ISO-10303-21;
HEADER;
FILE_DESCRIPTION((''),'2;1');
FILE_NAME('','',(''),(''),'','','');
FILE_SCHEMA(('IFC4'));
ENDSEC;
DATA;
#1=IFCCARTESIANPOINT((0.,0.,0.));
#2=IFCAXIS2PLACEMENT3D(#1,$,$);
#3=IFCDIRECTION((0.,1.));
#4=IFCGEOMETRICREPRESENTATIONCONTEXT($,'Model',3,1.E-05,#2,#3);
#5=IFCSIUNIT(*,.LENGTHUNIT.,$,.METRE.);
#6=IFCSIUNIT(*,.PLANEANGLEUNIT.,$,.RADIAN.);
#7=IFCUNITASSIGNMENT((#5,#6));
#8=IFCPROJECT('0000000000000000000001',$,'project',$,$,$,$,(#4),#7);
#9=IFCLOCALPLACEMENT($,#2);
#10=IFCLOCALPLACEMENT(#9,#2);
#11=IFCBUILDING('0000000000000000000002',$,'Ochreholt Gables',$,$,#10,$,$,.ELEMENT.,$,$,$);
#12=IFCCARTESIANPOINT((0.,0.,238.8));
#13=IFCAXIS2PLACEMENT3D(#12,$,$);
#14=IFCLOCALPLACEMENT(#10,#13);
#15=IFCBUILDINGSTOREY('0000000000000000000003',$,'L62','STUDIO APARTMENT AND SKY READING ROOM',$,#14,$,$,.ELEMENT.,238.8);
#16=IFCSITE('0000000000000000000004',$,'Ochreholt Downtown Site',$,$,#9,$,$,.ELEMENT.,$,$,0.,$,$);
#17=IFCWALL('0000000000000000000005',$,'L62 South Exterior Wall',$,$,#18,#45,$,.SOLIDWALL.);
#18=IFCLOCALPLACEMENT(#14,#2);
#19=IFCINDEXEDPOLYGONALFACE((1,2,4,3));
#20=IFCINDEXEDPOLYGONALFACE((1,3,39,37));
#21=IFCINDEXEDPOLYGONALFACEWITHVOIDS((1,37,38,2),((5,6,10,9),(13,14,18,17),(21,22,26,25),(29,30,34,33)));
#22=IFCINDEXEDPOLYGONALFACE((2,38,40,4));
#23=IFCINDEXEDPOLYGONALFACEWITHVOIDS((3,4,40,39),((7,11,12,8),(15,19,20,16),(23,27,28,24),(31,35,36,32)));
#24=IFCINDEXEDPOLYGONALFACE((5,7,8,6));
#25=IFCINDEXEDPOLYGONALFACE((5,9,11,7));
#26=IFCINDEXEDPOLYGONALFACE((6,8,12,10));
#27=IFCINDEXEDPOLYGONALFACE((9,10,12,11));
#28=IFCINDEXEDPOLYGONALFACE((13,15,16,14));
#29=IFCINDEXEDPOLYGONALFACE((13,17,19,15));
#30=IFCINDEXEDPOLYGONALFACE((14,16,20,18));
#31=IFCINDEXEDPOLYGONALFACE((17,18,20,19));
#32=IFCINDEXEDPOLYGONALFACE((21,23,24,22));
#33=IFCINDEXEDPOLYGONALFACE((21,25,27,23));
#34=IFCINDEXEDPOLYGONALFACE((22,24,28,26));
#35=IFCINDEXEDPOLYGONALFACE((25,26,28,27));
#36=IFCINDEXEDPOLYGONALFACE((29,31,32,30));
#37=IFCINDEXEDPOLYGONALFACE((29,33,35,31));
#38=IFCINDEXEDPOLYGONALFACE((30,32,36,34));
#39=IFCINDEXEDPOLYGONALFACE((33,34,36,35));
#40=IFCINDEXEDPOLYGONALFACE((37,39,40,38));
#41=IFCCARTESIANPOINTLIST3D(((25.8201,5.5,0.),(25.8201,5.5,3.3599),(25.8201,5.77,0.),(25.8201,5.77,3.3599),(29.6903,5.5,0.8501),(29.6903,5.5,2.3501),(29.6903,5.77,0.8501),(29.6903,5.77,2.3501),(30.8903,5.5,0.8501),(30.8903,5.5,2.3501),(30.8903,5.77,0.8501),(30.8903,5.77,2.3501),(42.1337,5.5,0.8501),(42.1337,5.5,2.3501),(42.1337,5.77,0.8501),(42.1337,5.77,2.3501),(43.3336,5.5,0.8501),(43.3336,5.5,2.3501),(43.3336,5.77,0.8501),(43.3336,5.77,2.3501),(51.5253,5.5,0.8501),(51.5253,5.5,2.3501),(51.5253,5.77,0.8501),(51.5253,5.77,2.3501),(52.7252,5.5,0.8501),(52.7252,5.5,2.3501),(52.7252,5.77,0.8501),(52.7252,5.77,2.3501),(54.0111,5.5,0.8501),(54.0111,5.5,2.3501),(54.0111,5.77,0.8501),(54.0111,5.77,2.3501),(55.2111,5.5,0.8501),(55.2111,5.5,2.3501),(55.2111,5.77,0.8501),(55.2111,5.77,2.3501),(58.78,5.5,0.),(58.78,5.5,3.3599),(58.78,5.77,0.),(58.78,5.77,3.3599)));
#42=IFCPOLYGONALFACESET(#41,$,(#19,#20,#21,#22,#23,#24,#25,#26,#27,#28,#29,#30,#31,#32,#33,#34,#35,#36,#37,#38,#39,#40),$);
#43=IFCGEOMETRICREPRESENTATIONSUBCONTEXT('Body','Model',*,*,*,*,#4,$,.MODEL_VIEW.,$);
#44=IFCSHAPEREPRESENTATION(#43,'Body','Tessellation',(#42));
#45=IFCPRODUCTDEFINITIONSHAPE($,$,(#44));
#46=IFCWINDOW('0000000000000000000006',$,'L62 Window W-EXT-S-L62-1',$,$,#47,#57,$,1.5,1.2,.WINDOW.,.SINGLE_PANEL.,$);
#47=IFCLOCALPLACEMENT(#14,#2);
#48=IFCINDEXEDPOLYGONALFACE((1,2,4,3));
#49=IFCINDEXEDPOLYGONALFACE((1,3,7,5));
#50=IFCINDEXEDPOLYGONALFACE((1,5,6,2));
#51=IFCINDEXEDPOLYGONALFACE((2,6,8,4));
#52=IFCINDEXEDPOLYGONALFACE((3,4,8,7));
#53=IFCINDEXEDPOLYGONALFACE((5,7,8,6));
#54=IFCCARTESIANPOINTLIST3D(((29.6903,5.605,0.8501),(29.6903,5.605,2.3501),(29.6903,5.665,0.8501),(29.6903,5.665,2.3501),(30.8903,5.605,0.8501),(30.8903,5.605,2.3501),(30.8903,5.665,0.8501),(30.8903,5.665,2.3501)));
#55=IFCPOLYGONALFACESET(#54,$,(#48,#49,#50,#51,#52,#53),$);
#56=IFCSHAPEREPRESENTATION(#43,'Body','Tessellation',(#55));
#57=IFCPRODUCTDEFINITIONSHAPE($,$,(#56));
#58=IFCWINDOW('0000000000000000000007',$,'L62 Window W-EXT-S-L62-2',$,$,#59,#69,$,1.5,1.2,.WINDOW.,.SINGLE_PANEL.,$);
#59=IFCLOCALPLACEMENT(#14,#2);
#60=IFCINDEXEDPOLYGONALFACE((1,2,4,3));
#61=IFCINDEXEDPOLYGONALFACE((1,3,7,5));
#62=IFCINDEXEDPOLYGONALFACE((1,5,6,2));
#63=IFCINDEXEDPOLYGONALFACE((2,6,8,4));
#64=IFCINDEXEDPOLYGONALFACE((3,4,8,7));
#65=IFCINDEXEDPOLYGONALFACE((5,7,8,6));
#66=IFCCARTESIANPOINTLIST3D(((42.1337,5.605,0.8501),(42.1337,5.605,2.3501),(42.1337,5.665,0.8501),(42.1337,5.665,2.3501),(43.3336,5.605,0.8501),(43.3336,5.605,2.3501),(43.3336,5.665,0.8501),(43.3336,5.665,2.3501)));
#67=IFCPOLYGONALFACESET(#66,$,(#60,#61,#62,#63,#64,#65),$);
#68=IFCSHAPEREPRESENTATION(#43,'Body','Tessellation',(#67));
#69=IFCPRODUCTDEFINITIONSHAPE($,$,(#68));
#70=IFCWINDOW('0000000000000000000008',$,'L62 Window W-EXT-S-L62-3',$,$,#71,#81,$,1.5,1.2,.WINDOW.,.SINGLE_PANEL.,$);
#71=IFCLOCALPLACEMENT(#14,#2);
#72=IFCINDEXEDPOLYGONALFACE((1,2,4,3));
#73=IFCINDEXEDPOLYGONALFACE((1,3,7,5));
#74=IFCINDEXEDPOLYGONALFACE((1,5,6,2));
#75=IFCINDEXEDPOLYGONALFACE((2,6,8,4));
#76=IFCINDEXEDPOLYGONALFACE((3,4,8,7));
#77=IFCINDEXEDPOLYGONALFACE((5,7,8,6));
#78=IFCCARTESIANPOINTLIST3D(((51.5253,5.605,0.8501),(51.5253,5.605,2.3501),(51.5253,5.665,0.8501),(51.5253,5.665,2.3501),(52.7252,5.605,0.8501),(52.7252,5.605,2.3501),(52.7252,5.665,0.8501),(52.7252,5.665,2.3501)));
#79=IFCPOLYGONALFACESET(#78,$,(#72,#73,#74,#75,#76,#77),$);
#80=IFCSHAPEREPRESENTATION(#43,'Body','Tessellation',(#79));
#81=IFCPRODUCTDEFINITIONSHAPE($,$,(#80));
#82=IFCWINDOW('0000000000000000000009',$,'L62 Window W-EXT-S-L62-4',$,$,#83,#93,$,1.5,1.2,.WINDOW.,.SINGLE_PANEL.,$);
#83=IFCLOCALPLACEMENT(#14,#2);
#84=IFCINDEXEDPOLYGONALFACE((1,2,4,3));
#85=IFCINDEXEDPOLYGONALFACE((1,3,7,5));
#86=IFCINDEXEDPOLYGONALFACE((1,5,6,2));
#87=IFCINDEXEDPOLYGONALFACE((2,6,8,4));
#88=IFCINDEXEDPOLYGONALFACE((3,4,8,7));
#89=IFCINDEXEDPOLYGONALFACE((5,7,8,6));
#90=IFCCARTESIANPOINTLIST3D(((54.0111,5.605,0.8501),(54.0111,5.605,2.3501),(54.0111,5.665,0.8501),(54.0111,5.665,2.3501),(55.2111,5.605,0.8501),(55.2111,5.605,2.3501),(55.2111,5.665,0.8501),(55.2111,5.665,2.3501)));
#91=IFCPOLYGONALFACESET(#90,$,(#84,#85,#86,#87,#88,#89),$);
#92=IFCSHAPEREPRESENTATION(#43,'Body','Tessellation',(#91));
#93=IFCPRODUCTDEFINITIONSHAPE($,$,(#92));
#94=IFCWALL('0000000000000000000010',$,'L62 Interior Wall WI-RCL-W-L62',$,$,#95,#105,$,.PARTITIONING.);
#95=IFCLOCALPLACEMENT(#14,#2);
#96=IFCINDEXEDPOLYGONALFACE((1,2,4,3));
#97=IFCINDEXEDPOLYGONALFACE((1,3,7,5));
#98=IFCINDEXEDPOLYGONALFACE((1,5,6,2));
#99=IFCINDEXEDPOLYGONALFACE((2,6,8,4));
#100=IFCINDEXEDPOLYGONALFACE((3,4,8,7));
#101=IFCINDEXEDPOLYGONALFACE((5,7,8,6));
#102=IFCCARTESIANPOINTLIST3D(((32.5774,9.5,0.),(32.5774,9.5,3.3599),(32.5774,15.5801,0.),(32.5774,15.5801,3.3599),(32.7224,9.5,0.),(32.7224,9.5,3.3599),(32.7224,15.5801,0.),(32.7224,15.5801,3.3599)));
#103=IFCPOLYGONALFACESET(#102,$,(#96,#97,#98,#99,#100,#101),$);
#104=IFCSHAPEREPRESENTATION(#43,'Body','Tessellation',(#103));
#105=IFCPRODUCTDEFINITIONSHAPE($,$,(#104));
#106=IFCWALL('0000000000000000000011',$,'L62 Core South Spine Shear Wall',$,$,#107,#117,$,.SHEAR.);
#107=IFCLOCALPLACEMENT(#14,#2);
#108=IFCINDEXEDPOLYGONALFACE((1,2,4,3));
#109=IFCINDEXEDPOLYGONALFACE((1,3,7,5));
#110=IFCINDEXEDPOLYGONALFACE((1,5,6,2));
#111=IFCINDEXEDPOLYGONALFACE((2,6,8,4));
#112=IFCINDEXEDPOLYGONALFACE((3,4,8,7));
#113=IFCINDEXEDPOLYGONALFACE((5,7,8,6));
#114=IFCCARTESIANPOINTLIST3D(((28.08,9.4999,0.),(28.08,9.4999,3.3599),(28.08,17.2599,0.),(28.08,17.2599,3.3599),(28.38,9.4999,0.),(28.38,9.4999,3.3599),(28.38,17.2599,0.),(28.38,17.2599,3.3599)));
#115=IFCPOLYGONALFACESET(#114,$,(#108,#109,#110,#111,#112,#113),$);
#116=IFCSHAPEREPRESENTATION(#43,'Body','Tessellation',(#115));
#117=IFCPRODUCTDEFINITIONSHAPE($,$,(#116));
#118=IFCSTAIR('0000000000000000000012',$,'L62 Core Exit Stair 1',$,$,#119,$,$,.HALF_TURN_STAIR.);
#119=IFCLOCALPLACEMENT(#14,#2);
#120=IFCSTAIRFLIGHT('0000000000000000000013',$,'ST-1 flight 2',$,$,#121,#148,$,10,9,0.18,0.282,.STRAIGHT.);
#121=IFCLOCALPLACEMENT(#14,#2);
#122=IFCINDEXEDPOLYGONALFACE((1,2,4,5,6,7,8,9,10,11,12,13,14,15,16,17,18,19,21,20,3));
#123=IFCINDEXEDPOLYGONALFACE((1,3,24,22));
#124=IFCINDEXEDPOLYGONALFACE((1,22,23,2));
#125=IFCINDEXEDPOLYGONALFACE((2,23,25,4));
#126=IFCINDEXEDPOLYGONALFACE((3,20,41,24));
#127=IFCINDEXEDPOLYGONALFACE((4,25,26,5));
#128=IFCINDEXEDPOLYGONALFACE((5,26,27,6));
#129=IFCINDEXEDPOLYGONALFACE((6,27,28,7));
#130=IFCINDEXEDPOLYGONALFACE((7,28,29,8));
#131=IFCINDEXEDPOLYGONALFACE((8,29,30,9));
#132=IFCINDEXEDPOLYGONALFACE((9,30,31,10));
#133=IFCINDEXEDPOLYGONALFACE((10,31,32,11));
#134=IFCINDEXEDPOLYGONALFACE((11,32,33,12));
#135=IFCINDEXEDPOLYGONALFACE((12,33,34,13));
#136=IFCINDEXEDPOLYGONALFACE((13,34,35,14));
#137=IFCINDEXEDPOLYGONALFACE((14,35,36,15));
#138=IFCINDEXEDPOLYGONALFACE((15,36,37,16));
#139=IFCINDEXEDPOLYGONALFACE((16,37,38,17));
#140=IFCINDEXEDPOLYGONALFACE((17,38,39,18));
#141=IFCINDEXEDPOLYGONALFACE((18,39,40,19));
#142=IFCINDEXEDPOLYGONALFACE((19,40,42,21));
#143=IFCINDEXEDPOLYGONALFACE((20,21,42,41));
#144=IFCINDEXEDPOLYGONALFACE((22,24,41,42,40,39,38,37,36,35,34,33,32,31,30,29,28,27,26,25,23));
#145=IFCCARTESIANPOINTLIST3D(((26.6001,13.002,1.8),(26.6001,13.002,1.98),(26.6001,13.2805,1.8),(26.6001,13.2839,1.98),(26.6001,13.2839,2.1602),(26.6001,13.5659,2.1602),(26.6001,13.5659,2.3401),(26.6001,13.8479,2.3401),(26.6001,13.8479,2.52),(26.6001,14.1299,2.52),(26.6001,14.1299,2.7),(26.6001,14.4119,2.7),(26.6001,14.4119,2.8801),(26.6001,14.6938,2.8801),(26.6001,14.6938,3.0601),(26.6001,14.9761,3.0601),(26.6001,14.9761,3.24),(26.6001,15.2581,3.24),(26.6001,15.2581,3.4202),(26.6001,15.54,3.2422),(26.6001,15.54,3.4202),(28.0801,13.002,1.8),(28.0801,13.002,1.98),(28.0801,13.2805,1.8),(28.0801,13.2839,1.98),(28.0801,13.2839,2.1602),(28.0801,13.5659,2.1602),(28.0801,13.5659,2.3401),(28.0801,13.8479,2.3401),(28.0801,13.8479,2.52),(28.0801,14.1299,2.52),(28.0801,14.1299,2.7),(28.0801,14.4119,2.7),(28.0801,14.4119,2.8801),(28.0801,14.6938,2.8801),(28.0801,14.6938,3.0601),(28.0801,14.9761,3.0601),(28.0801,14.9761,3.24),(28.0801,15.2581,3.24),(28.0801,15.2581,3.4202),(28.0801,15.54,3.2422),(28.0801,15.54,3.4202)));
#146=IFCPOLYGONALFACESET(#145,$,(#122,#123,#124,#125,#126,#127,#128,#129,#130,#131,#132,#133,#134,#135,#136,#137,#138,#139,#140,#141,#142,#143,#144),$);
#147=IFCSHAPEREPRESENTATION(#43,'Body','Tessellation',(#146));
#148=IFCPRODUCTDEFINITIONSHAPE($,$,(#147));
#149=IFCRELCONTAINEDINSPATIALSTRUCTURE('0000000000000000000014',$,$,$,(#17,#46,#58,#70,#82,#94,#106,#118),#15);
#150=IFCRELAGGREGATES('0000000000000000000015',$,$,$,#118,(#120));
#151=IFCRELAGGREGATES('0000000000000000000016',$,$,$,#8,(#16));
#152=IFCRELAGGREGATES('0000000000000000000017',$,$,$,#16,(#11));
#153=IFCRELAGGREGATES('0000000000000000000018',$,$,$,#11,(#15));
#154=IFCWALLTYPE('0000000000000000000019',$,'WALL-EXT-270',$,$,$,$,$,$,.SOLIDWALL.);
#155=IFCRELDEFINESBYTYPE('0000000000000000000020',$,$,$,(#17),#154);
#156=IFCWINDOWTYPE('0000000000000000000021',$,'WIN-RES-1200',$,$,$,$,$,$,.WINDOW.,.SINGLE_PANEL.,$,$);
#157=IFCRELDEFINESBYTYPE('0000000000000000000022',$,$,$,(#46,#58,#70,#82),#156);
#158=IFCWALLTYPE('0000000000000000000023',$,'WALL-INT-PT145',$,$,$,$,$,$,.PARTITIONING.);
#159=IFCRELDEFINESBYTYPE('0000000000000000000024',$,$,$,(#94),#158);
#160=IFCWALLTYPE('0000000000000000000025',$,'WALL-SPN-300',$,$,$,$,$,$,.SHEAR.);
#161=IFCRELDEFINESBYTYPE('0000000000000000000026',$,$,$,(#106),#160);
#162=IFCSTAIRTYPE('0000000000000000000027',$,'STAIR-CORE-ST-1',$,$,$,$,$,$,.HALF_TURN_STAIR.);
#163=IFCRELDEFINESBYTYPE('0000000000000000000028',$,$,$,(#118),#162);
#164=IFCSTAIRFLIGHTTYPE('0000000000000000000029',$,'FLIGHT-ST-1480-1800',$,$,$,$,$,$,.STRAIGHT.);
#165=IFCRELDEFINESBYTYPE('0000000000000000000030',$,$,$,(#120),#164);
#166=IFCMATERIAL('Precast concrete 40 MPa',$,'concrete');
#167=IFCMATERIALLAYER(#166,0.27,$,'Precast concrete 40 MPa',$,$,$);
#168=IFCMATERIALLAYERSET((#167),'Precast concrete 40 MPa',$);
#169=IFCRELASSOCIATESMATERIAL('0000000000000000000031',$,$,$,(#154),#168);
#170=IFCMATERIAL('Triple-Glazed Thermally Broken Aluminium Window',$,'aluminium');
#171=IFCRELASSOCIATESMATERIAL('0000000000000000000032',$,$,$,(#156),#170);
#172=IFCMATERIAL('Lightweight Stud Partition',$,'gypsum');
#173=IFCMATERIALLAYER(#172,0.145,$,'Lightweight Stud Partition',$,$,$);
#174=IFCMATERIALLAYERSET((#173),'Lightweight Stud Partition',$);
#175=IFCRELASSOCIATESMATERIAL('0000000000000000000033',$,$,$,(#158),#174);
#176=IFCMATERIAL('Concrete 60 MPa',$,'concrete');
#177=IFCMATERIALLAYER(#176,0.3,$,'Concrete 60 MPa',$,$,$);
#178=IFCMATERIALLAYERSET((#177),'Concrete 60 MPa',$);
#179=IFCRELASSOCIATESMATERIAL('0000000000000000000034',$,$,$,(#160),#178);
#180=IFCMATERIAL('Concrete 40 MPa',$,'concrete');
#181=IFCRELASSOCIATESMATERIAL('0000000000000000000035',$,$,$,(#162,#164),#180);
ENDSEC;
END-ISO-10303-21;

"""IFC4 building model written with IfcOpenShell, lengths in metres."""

from ifc_helpers import new_model, si_unit, direction, frame, frame_2d, origin, place, context, subcontext, project, spatial, polyline, rectangle, outline, extrude, material, layer, layer_set, type_object, element, fill, aggregate, save


model = new_model("IFC4")

# Units and contexts
model_context = context("Model", 3, precision=1e-05, world=origin(), true_north=direction((0.0, 1.0)))
body_context = subcontext(model_context, "Body", "Model", "MODEL_VIEW")
ifc_project = project(units=[si_unit("LENGTHUNIT", "METRE"), si_unit("PLANEANGLEUNIT", "RADIAN")], contexts=[model_context])

# Site, building, storey
site_placement = place(None, origin())
site = spatial("IfcSite", under=ifc_project, at=site_placement, Name="Ochreholt Downtown Site", CompositionType="ELEMENT", RefElevation=0.0)
building_placement = place(site_placement, origin())
building = spatial("IfcBuilding", under=site, at=building_placement, Name="Ochreholt Gables", CompositionType="ELEMENT")
storey_placement = place(building_placement, frame((0.0, 0.0, 238.8)))
storey = spatial("IfcBuildingStorey", under=building, at=storey_placement, Name="L62", Description="STUDIO APARTMENT AND SKY READING ROOM", CompositionType="ELEMENT", Elevation=238.8)

# Wall, openings, windows
ifc_material_1 = material(Name="Precast concrete 40 MPa", Category="concrete")
ifc_layer_1 = layer(ifc_material_1, 0.27, Name="Precast concrete 40 MPa")
ifc_layer_set_1 = layer_set([ifc_layer_1], Name="Precast concrete 40 MPa")
wall_type_1 = type_object("IfcWallType", Name="WALL-EXT-270", PredefinedType="SOLIDWALL", material=ifc_layer_set_1)
wall_1_placement = place(storey_placement, frame((25.8201, 5.635, 0.0), z_axis=(0.0, 0.0, 1.0), x_axis=(1.0, 0.0, 0.0)))
wall_1 = element("IfcWall", 1, at=wall_1_placement, inside=storey, type_object=wall_type_1, Name="L62 South Exterior Wall", PredefinedType="SOLIDWALL", context=body_context, shape_type="SweptSolid", body=[
    extrude(rectangle(XDim=32.96, YDim=0.27, at=frame_2d((16.48, 0.0))), origin(), (0.0, 0.0, 1.0), 3.3599),
])
opening_1_placement = place(wall_1_placement, frame((3.8701, 0.0, 0.8501)))
opening_1 = element("IfcOpeningElement", 2, at=opening_1_placement, cuts=wall_1, PredefinedType="OPENING", context=body_context, shape_type="SweptSolid", body=[
    extrude(rectangle(XDim=1.2, YDim=1.5, at=frame_2d((0.6001, 0.75))), frame((0.0, 0.145, 0.0), z_axis=(0.0, -1.0, 0.0), x_axis=(1.0, 0.0, 0.0)), (0.0, 0.0, 1.0), 0.29),
])
opening_2_placement = place(wall_1_placement, frame((16.3135, 0.0, 0.8501)))
opening_2 = element("IfcOpeningElement", 3, at=opening_2_placement, cuts=wall_1, PredefinedType="OPENING", context=body_context, shape_type="SweptSolid", body=[
    extrude(rectangle(XDim=1.2, YDim=1.5, at=frame_2d((0.6001, 0.75))), frame((0.0, 0.145, 0.0), z_axis=(0.0, -1.0, 0.0), x_axis=(1.0, 0.0, 0.0)), (0.0, 0.0, 1.0), 0.29),
])
opening_3_placement = place(wall_1_placement, frame((25.7051, 0.0, 0.8501)))
opening_3 = element("IfcOpeningElement", 4, at=opening_3_placement, cuts=wall_1, PredefinedType="OPENING", context=body_context, shape_type="SweptSolid", body=[
    extrude(rectangle(XDim=1.2, YDim=1.5, at=frame_2d((0.6001, 0.75))), frame((0.0, 0.145, 0.0), z_axis=(0.0, -1.0, 0.0), x_axis=(1.0, 0.0, 0.0)), (0.0, 0.0, 1.0), 0.29),
])
opening_4_placement = place(wall_1_placement, frame((28.1909, 0.0, 0.8501)))
opening_4 = element("IfcOpeningElement", 5, at=opening_4_placement, cuts=wall_1, PredefinedType="OPENING", context=body_context, shape_type="SweptSolid", body=[
    extrude(rectangle(XDim=1.2, YDim=1.5, at=frame_2d((0.6001, 0.75))), frame((0.0, 0.145, 0.0), z_axis=(0.0, -1.0, 0.0), x_axis=(1.0, 0.0, 0.0)), (0.0, 0.0, 1.0), 0.29),
])
ifc_material_2 = material(Name="Triple-Glazed Thermally Broken Aluminium Window", Category="aluminium")
window_type = type_object("IfcWindowType", Name="WIN-RES-1200", PartitioningType="SINGLE_PANEL", PredefinedType="WINDOW", material=ifc_material_2)
window_1_placement = place(opening_1_placement, origin())
window_1 = element("IfcWindow", 6, at=window_1_placement, inside=storey, type_object=window_type, Name="L62 Window W-EXT-S-L62-1", OverallHeight=1.5, OverallWidth=1.2, PartitioningType="SINGLE_PANEL", PredefinedType="WINDOW", context=body_context, shape_type="SweptSolid", body=[
    extrude(rectangle(XDim=1.2, YDim=1.5, at=frame_2d((0.6001, 0.75))), frame((0.0, 0.03, 0.0), z_axis=(0.0, -1.0, 0.0), x_axis=(1.0, 0.0, 0.0)), (0.0, 0.0, 1.0), 0.0601),
])
fill(opening_1, window_1)
window_2_placement = place(opening_2_placement, origin())
window_2 = element("IfcWindow", 7, at=window_2_placement, inside=storey, type_object=window_type, Name="L62 Window W-EXT-S-L62-2", OverallHeight=1.5, OverallWidth=1.2, PartitioningType="SINGLE_PANEL", PredefinedType="WINDOW", context=body_context, shape_type="SweptSolid", body=[
    extrude(rectangle(XDim=1.2, YDim=1.5, at=frame_2d((0.6001, 0.75))), frame((0.0, 0.03, 0.0), z_axis=(0.0, -1.0, 0.0), x_axis=(1.0, 0.0, 0.0)), (0.0, 0.0, 1.0), 0.0601),
])
fill(opening_2, window_2)
window_3_placement = place(opening_3_placement, origin())
window_3 = element("IfcWindow", 8, at=window_3_placement, inside=storey, type_object=window_type, Name="L62 Window W-EXT-S-L62-3", OverallHeight=1.5, OverallWidth=1.2, PartitioningType="SINGLE_PANEL", PredefinedType="WINDOW", context=body_context, shape_type="SweptSolid", body=[
    extrude(rectangle(XDim=1.2, YDim=1.5, at=frame_2d((0.6001, 0.75))), frame((0.0, 0.03, 0.0), z_axis=(0.0, -1.0, 0.0), x_axis=(1.0, 0.0, 0.0)), (0.0, 0.0, 1.0), 0.0601),
])
fill(opening_3, window_3)
window_4_placement = place(opening_4_placement, origin())
window_4 = element("IfcWindow", 9, at=window_4_placement, inside=storey, type_object=window_type, Name="L62 Window W-EXT-S-L62-4", OverallHeight=1.5, OverallWidth=1.2, PartitioningType="SINGLE_PANEL", PredefinedType="WINDOW", context=body_context, shape_type="SweptSolid", body=[
    extrude(rectangle(XDim=1.2, YDim=1.5, at=frame_2d((0.6001, 0.75))), frame((0.0, 0.03, 0.0), z_axis=(0.0, -1.0, 0.0), x_axis=(1.0, 0.0, 0.0)), (0.0, 0.0, 1.0), 0.0601),
])
fill(opening_4, window_4)

# Walls
ifc_material_3 = material(Name="Lightweight Stud Partition", Category="gypsum")
ifc_layer_2 = layer(ifc_material_3, 0.145, Name="Lightweight Stud Partition")
ifc_layer_set_2 = layer_set([ifc_layer_2], Name="Lightweight Stud Partition")
wall_type_2 = type_object("IfcWallType", Name="WALL-INT-PT145", PredefinedType="PARTITIONING", material=ifc_layer_set_2)
wall_2_placement = place(storey_placement, frame((32.6499, 9.5, 0.0), z_axis=(0.0, 0.0, 1.0), x_axis=(0.0, 1.0, 0.0)))
element("IfcWall", 10, at=wall_2_placement, inside=storey, type_object=wall_type_2, Name="L62 Interior Wall WI-RCL-W-L62", PredefinedType="PARTITIONING", context=body_context, shape_type="SweptSolid", body=[
    extrude(rectangle(XDim=6.0801, YDim=0.145, at=frame_2d((3.04, 0.0))), origin(), (0.0, 0.0, 1.0), 3.3599),
])
ifc_material_4 = material(Name="Concrete 60 MPa", Category="concrete")
ifc_layer_3 = layer(ifc_material_4, 0.3, Name="Concrete 60 MPa")
ifc_layer_set_3 = layer_set([ifc_layer_3], Name="Concrete 60 MPa")
wall_type_3 = type_object("IfcWallType", Name="WALL-SPN-300", PredefinedType="SHEAR", material=ifc_layer_set_3)
wall_3_placement = place(storey_placement, frame((28.23, 9.5, 0.0), z_axis=(0.0, 0.0, 1.0), x_axis=(0.0, 1.0, 0.0)))
element("IfcWall", 11, at=wall_3_placement, inside=storey, type_object=wall_type_3, Name="L62 Core South Spine Shear Wall", PredefinedType="SHEAR", context=body_context, shape_type="SweptSolid", body=[
    extrude(rectangle(XDim=7.76, YDim=0.3, at=frame_2d((3.8799, 0.0))), origin(), (0.0, 0.0, 1.0), 3.3599),
])

# Stair, stair flight
ifc_material_5 = material(Name="Concrete 40 MPa", Category="concrete")
stair_type = type_object("IfcStairType", Name="STAIR-CORE-ST-1", PredefinedType="HALF_TURN_STAIR", material=ifc_material_5)
stair_placement = place(storey_placement, origin())
stair = element("IfcStair", 12, at=stair_placement, inside=storey, type_object=stair_type, Name="L62 Core Exit Stair 1", PredefinedType="HALF_TURN_STAIR")
stair_flight_type = type_object("IfcStairFlightType", Name="FLIGHT-ST-1480-1800", PredefinedType="STRAIGHT", material=ifc_material_5)
stair_flight_placement = place(storey_placement, frame((27.3401, 13.002, 1.8), z_axis=(0.0, 0.0, 1.0), x_axis=(0.0, 1.0, 0.0)))
stair_flight = element("IfcStairFlight", 13, at=stair_flight_placement, type_object=stair_flight_type, Name="ST-1 flight 2", NumberOfRisers=10, NumberOfTreads=9, PredefinedType="STRAIGHT", RiserHeight=0.18, TreadLength=0.282, context=body_context, shape_type="SweptSolid", body=[
    extrude(outline(polyline([(0.0, 0.0), (0.0, 0.1799), (0.282, 0.1799), (0.282, 0.3601), (0.564, 0.3601), (0.564, 0.54), (0.8459, 0.54), (0.8459, 0.72), (1.1279, 0.72), (1.1279, 0.8999), (1.4099, 0.8999), (1.4099, 1.0801), (1.6919, 1.0801), (1.6919, 1.26), (1.9741, 1.26), (1.9741, 1.4399), (2.2561, 1.4399), (2.2561, 1.6201), (2.5381, 1.6201), (2.5381, 1.8), (2.5381, 1.4421), (0.2786, 0.0), (0.0, 0.0)])), frame((0.0, 0.74, 0.0), z_axis=(0.0, -1.0, 0.0), x_axis=(1.0, 0.0, 0.0)), (0.0, 0.0, 1.0), 1.48),
])
aggregate(stair, [stair_flight])

save(model, "model.ifc")
